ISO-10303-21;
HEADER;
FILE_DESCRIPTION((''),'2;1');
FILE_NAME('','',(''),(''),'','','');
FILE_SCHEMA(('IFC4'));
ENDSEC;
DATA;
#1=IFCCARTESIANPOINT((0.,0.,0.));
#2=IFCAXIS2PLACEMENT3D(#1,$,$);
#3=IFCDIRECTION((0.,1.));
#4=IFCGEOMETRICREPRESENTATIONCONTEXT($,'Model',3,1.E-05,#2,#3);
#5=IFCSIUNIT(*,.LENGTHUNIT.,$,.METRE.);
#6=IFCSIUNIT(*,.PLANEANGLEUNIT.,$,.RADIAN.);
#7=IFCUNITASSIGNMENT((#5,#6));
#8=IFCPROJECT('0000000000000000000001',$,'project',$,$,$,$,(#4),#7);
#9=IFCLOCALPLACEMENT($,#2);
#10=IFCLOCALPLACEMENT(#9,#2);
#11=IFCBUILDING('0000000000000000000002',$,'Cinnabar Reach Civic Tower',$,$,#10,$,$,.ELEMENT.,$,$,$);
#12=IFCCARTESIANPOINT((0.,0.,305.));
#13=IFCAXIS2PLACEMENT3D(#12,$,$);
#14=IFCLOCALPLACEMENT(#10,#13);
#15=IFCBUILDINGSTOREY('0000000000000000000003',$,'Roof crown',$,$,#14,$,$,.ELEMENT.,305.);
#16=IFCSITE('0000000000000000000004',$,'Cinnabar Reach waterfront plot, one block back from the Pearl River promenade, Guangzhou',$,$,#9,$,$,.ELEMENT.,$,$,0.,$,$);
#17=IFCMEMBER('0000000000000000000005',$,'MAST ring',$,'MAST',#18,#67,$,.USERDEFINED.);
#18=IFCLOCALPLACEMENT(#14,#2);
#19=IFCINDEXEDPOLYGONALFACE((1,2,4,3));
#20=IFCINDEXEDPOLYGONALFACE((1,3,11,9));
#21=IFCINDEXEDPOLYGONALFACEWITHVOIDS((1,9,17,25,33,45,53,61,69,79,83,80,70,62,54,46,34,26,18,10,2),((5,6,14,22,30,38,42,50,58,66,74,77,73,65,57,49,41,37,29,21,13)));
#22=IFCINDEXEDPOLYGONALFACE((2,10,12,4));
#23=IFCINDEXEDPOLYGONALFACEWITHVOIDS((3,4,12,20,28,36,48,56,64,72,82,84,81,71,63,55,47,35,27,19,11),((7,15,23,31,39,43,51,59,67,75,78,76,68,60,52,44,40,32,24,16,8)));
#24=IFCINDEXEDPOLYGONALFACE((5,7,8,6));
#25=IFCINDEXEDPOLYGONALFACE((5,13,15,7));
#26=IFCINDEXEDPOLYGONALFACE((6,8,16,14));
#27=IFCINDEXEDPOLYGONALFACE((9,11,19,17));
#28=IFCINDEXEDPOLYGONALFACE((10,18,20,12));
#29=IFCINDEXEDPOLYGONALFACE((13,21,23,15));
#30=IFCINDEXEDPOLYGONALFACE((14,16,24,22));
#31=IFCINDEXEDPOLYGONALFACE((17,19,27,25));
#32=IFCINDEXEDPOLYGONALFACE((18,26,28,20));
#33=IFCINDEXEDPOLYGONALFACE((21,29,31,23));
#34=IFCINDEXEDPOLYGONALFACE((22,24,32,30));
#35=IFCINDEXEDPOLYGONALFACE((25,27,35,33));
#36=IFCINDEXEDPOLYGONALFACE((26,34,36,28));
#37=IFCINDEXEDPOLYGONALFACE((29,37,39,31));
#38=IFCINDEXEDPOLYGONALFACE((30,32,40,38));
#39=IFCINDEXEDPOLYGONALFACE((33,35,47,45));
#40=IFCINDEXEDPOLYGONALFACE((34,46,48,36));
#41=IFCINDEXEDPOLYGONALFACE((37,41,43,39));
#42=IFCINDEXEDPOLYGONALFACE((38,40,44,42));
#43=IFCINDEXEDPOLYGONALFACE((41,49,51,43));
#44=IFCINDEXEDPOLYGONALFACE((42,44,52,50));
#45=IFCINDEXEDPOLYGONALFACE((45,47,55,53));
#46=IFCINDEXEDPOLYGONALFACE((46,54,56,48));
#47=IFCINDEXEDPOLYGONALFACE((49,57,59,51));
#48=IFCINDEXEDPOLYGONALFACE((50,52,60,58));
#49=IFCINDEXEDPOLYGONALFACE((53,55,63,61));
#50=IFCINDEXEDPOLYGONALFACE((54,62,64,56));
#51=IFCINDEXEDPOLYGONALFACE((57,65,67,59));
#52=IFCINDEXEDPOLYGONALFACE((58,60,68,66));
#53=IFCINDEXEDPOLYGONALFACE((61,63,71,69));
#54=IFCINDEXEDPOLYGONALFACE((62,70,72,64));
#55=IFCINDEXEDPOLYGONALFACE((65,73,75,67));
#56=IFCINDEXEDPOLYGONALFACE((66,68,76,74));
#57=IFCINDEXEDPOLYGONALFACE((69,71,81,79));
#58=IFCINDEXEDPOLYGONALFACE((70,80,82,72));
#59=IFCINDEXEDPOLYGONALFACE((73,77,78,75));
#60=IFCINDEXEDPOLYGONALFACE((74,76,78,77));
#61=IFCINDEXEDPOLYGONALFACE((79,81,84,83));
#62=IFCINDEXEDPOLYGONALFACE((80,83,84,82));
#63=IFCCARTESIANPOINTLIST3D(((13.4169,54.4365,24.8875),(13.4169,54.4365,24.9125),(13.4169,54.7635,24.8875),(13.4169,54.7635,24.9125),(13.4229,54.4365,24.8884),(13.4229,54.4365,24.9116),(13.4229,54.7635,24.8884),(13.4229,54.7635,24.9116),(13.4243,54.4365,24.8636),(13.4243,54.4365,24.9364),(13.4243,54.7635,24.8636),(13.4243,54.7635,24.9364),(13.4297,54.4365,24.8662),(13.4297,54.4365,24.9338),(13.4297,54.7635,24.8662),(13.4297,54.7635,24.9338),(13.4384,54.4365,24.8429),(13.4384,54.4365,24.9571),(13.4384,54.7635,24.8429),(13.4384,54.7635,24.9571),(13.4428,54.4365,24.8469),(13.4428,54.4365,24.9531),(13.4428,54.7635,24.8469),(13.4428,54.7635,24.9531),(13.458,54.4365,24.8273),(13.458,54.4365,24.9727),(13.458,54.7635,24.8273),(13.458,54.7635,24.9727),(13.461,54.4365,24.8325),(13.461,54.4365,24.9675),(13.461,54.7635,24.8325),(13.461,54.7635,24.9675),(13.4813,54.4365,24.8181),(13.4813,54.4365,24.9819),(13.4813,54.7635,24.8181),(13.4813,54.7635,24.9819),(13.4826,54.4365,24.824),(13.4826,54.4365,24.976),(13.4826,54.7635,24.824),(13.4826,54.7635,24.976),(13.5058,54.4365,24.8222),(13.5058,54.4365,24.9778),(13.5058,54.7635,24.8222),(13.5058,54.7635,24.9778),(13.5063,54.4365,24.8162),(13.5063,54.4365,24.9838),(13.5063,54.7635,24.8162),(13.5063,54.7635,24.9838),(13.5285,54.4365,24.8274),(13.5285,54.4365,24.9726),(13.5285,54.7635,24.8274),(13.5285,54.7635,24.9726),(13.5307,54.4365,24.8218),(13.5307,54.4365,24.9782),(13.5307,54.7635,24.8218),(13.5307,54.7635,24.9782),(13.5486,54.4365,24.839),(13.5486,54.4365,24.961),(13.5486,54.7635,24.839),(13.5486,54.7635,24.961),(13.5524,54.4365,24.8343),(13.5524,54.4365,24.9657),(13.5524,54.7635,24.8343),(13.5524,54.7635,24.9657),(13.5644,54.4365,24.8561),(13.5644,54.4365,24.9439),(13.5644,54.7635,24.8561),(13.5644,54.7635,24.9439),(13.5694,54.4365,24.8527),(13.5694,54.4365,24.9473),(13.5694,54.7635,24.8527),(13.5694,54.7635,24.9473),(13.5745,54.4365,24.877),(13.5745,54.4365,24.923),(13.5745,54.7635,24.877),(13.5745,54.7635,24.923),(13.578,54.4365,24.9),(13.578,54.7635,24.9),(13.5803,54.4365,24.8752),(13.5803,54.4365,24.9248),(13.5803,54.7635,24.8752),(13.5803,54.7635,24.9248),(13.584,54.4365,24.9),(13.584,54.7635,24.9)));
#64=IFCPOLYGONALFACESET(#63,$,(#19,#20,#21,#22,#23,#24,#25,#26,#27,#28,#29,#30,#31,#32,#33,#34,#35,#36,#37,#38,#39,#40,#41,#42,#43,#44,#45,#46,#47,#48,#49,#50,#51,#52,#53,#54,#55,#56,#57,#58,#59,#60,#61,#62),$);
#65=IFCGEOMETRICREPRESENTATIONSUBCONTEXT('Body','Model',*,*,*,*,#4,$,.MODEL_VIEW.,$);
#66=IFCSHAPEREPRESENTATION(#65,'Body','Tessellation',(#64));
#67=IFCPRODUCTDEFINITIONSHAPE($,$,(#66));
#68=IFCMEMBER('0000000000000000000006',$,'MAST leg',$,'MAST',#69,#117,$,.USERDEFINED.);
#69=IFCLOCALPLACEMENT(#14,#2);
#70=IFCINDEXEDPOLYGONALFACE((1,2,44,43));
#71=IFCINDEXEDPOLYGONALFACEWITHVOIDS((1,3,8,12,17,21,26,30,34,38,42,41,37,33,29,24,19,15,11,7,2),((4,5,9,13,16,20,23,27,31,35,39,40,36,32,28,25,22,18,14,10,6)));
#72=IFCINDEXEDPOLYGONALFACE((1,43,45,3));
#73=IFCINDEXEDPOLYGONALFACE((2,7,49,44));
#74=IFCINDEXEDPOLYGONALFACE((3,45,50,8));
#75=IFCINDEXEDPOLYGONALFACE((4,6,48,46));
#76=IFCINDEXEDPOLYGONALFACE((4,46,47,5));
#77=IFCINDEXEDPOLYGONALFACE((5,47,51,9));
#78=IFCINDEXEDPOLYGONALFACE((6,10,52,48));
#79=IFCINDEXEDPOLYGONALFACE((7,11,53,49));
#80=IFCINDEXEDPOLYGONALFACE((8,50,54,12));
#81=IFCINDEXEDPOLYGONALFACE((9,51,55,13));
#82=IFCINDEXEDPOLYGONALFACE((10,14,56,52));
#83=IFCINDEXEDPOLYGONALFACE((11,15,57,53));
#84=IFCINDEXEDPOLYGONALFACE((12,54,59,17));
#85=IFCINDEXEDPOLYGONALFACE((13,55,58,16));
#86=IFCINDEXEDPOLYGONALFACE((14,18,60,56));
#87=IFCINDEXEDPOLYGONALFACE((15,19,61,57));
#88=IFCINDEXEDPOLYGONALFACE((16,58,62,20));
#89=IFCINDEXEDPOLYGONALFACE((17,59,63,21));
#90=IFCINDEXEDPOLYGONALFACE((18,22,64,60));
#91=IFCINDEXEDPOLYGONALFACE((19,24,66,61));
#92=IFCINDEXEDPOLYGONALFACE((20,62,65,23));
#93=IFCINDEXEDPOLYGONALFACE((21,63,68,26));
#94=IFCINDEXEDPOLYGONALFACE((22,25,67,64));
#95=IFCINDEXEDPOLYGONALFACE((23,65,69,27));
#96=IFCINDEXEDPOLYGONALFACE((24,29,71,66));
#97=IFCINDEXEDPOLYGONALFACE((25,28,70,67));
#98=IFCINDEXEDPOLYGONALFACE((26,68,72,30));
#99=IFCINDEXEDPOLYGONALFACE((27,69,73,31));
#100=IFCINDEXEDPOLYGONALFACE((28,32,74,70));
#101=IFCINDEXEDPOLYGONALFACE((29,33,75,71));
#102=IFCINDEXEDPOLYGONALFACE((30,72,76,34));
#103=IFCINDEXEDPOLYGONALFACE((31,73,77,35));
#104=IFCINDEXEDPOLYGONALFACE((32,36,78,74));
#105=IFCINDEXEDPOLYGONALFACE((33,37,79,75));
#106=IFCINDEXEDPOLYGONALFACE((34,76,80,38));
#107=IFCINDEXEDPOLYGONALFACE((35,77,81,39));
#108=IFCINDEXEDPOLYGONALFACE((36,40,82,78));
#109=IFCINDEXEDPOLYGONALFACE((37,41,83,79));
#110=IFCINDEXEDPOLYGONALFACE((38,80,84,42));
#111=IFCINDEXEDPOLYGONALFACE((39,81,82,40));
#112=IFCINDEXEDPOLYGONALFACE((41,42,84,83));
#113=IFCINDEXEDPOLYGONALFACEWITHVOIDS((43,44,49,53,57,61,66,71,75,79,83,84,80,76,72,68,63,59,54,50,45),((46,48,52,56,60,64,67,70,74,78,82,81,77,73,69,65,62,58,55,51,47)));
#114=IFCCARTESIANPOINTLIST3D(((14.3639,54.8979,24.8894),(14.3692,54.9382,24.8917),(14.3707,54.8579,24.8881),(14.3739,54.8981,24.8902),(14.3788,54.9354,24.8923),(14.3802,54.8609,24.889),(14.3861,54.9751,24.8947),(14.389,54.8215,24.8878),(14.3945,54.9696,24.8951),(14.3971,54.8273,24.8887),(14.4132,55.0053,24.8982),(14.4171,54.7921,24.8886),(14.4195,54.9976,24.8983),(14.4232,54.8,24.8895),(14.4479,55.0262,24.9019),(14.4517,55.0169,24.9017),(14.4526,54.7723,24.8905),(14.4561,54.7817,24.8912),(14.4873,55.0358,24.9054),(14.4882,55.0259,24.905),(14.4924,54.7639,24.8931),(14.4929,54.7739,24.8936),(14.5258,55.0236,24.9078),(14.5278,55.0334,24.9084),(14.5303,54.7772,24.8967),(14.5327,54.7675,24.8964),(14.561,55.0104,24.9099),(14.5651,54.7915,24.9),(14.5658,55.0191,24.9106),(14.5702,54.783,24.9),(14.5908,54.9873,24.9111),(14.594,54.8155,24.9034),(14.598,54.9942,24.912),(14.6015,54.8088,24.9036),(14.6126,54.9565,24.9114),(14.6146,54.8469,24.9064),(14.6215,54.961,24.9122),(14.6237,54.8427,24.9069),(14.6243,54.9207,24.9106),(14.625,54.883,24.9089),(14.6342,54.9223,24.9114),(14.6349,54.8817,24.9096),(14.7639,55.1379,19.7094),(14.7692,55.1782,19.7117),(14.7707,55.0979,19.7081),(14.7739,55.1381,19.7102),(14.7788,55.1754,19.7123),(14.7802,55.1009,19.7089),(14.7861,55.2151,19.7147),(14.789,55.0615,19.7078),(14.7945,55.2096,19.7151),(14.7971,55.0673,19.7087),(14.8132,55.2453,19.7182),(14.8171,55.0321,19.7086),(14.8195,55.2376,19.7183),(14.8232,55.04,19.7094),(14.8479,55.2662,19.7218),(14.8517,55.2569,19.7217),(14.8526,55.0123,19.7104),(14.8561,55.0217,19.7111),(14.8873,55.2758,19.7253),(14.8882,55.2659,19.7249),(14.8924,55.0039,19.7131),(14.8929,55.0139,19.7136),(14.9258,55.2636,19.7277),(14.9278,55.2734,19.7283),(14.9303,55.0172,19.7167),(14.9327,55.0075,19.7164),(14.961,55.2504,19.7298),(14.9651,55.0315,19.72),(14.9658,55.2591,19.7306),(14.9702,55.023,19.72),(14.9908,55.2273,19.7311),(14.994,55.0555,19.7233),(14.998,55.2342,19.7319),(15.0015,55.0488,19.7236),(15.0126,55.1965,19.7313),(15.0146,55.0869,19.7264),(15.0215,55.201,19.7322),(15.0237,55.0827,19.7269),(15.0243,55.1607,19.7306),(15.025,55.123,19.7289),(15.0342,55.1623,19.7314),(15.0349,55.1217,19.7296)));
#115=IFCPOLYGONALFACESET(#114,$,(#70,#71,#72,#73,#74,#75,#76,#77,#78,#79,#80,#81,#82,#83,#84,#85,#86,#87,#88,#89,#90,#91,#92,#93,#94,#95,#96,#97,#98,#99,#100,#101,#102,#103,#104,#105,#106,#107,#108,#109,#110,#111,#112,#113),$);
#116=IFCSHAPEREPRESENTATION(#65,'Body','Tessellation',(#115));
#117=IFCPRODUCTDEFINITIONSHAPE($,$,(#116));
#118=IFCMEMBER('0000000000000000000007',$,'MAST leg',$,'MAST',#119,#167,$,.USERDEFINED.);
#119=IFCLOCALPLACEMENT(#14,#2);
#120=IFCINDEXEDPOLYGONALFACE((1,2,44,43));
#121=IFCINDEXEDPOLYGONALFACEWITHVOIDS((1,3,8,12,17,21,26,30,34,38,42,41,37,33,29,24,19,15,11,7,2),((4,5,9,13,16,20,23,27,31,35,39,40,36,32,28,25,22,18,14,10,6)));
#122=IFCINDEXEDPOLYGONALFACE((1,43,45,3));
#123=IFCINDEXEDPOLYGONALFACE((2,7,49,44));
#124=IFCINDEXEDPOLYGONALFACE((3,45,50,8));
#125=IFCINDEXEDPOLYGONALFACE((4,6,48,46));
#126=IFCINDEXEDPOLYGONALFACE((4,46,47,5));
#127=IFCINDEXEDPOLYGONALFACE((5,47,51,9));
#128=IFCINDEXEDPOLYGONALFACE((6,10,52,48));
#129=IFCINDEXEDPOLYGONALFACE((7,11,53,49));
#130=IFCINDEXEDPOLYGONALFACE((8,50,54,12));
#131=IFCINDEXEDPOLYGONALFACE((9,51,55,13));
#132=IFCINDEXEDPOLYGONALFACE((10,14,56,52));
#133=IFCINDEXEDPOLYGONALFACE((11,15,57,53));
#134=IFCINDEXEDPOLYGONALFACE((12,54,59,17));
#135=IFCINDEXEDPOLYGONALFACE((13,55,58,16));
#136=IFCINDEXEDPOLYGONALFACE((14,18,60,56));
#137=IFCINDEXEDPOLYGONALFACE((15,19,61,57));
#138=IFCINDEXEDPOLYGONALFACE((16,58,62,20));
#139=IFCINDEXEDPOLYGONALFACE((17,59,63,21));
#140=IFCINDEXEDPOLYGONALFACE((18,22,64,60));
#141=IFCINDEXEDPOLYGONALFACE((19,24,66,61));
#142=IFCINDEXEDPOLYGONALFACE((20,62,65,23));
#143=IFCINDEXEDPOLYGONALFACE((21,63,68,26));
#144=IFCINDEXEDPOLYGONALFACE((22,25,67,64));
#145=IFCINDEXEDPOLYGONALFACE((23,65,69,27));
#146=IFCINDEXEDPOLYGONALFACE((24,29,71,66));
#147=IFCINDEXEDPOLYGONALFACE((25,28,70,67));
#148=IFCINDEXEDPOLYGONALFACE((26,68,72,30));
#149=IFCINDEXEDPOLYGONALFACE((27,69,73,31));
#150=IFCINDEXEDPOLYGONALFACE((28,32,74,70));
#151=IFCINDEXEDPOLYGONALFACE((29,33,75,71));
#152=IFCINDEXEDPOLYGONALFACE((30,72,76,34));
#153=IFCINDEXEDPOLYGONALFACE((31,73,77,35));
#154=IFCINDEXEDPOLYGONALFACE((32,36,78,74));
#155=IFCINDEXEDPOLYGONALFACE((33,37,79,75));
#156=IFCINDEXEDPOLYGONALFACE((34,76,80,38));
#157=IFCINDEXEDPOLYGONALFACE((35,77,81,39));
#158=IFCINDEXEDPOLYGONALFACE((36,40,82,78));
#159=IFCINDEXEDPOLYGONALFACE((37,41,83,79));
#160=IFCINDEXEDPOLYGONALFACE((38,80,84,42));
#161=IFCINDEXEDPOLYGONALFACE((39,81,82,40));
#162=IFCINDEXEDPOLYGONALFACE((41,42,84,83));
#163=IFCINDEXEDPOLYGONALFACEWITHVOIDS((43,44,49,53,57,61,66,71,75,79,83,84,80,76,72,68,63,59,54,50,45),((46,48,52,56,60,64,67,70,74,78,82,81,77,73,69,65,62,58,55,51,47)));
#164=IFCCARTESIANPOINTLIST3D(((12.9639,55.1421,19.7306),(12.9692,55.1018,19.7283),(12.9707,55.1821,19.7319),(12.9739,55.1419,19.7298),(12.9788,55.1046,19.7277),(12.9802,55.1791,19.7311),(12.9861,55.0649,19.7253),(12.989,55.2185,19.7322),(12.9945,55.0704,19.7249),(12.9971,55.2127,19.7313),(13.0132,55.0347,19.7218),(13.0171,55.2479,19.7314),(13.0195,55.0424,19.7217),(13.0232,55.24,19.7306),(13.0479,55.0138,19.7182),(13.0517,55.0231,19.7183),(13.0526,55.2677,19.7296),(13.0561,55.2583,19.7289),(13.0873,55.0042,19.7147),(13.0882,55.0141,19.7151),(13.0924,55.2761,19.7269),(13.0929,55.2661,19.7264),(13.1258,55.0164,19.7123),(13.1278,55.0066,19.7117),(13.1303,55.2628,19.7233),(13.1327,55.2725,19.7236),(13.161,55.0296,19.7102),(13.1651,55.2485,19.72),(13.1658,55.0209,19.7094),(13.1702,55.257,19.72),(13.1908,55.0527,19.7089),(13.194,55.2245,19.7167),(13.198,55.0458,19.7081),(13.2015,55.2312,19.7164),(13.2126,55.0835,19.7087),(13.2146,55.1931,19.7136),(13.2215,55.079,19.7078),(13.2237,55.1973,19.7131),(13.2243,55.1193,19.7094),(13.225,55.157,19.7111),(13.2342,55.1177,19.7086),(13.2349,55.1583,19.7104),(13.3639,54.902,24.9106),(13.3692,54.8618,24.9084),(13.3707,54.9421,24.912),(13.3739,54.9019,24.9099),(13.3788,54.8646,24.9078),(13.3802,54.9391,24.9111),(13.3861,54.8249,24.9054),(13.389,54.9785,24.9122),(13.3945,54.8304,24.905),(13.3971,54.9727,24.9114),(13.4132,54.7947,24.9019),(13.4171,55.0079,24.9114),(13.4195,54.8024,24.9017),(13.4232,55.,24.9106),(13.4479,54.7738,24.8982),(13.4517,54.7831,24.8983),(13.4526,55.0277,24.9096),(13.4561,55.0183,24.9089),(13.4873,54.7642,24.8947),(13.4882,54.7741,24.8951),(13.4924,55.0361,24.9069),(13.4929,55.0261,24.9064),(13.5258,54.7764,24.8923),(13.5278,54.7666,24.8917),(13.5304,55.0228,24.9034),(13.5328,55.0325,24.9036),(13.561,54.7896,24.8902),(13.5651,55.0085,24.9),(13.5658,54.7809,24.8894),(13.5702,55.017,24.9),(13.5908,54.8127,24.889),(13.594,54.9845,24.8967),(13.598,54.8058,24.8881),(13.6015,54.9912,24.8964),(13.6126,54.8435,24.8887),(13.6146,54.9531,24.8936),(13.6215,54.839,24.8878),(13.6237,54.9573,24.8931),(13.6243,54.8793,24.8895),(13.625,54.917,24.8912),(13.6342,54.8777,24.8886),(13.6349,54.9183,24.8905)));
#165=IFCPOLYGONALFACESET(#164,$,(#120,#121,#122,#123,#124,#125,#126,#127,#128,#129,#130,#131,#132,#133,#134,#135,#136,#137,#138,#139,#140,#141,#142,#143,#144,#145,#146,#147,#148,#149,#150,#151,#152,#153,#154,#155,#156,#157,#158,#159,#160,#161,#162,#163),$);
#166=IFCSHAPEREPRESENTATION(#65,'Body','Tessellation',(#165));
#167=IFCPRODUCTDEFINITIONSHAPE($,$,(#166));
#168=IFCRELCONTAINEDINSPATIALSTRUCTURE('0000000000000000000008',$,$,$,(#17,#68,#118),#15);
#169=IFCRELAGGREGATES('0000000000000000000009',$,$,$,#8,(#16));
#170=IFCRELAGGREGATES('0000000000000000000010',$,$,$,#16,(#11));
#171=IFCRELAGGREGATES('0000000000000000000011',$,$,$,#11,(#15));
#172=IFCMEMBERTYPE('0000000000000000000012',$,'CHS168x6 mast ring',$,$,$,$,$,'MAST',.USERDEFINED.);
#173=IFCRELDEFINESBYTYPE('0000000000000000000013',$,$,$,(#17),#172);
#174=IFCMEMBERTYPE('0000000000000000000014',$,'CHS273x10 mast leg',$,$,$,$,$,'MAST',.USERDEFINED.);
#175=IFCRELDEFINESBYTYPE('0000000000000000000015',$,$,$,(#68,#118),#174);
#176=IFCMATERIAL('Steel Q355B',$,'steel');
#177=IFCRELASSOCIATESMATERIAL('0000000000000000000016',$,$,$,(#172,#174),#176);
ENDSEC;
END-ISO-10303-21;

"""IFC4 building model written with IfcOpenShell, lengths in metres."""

from ifc_helpers import new_model, si_unit, direction, frame, origin, origin_2d, place, context, subcontext, project, spatial, hollow_circle, extrude, material, material_profile, profile_set, type_object, element, save


model = new_model("IFC4")

# Units and contexts
model_context = context("Model", 3, precision=1e-05, world=origin(), true_north=direction((0.0, 1.0)))
body_context = subcontext(model_context, "Body", "Model", "MODEL_VIEW")
ifc_project = project(units=[si_unit("LENGTHUNIT", "METRE"), si_unit("PLANEANGLEUNIT", "RADIAN")], contexts=[model_context])

# Site, building, storey
site_placement = place(None, origin())
site = spatial("IfcSite", under=ifc_project, at=site_placement, Name="Cinnabar Reach waterfront plot, one block back from the Pearl River promenade, Guangzhou", CompositionType="ELEMENT", RefElevation=0.0)
building_placement = place(site_placement, origin())
building = spatial("IfcBuilding", under=site, at=building_placement, Name="Cinnabar Reach Civic Tower", CompositionType="ELEMENT")
storey_placement = place(building_placement, frame((0.0, 0.0, 305.0)))
storey = spatial("IfcBuildingStorey", under=building, at=storey_placement, Name="Roof crown", CompositionType="ELEMENT", Elevation=305.0)

# Members
ifc_material = material(Name="Steel Q355B", Category="steel")
ifc_material_profile_1 = material_profile(ifc_material, hollow_circle(Radius=0.084, WallThickness=0.006, at=origin_2d()), Name="CHS168x6")
ifc_profile_set_1 = profile_set([ifc_material_profile_1], Name="Steel Q355B")
member_type_1 = type_object("IfcMemberType", Name="CHS168x6 mast ring", ElementType="MAST", PredefinedType="USERDEFINED", material=ifc_profile_set_1)
member_1_placement = place(storey_placement, frame((13.5, 54.7635, 24.9), z_axis=(0.0, -1.0, 0.0), x_axis=(1.0, 0.0, 0.0)))
element("IfcMember", 1, at=member_1_placement, inside=storey, type_object=member_type_1, Name="MAST ring", ObjectType="MAST", PredefinedType="USERDEFINED", context=body_context, shape_type="SweptSolid", body=[
    extrude(hollow_circle(Radius=0.084, WallThickness=0.006, at=origin_2d()), origin(), (0.0, 0.0, 1.0), 0.327),
])
ifc_material_profile_2 = material_profile(ifc_material, hollow_circle(Radius=0.1365, WallThickness=0.01, at=origin_2d()), Name="CHS273x10")
ifc_profile_set_2 = profile_set([ifc_material_profile_2], Name="Steel Q355B")
member_type_2 = type_object("IfcMemberType", Name="CHS273x10 mast leg", ElementType="MAST", PredefinedType="USERDEFINED", material=ifc_profile_set_2)
for number, where, z_axis, x_axis, name in (
    (2, (14.9, 55.14, 19.72), (-0.076909, -0.046145, 0.99597), (0.514496, -0.857493, 0.0), "MAST leg"),
    (3, (13.1, 55.14, 19.72), (0.076909, -0.046145, 0.99597), (0.514496, 0.857493, 0.0), "MAST leg"),
):
    element("IfcMember", number, at=place(storey_placement, frame(where, z_axis=z_axis, x_axis=x_axis)), inside=storey, type_object=member_type_2, Name=name, ObjectType="MAST", PredefinedType="USERDEFINED", context=body_context, shape_type="SweptSolid", body=[
        extrude(hollow_circle(Radius=0.1365, WallThickness=0.01, at=origin_2d()), origin(), (0.0, 0.0, 1.0), 5.201),
    ])

save(model, "model.ifc")
